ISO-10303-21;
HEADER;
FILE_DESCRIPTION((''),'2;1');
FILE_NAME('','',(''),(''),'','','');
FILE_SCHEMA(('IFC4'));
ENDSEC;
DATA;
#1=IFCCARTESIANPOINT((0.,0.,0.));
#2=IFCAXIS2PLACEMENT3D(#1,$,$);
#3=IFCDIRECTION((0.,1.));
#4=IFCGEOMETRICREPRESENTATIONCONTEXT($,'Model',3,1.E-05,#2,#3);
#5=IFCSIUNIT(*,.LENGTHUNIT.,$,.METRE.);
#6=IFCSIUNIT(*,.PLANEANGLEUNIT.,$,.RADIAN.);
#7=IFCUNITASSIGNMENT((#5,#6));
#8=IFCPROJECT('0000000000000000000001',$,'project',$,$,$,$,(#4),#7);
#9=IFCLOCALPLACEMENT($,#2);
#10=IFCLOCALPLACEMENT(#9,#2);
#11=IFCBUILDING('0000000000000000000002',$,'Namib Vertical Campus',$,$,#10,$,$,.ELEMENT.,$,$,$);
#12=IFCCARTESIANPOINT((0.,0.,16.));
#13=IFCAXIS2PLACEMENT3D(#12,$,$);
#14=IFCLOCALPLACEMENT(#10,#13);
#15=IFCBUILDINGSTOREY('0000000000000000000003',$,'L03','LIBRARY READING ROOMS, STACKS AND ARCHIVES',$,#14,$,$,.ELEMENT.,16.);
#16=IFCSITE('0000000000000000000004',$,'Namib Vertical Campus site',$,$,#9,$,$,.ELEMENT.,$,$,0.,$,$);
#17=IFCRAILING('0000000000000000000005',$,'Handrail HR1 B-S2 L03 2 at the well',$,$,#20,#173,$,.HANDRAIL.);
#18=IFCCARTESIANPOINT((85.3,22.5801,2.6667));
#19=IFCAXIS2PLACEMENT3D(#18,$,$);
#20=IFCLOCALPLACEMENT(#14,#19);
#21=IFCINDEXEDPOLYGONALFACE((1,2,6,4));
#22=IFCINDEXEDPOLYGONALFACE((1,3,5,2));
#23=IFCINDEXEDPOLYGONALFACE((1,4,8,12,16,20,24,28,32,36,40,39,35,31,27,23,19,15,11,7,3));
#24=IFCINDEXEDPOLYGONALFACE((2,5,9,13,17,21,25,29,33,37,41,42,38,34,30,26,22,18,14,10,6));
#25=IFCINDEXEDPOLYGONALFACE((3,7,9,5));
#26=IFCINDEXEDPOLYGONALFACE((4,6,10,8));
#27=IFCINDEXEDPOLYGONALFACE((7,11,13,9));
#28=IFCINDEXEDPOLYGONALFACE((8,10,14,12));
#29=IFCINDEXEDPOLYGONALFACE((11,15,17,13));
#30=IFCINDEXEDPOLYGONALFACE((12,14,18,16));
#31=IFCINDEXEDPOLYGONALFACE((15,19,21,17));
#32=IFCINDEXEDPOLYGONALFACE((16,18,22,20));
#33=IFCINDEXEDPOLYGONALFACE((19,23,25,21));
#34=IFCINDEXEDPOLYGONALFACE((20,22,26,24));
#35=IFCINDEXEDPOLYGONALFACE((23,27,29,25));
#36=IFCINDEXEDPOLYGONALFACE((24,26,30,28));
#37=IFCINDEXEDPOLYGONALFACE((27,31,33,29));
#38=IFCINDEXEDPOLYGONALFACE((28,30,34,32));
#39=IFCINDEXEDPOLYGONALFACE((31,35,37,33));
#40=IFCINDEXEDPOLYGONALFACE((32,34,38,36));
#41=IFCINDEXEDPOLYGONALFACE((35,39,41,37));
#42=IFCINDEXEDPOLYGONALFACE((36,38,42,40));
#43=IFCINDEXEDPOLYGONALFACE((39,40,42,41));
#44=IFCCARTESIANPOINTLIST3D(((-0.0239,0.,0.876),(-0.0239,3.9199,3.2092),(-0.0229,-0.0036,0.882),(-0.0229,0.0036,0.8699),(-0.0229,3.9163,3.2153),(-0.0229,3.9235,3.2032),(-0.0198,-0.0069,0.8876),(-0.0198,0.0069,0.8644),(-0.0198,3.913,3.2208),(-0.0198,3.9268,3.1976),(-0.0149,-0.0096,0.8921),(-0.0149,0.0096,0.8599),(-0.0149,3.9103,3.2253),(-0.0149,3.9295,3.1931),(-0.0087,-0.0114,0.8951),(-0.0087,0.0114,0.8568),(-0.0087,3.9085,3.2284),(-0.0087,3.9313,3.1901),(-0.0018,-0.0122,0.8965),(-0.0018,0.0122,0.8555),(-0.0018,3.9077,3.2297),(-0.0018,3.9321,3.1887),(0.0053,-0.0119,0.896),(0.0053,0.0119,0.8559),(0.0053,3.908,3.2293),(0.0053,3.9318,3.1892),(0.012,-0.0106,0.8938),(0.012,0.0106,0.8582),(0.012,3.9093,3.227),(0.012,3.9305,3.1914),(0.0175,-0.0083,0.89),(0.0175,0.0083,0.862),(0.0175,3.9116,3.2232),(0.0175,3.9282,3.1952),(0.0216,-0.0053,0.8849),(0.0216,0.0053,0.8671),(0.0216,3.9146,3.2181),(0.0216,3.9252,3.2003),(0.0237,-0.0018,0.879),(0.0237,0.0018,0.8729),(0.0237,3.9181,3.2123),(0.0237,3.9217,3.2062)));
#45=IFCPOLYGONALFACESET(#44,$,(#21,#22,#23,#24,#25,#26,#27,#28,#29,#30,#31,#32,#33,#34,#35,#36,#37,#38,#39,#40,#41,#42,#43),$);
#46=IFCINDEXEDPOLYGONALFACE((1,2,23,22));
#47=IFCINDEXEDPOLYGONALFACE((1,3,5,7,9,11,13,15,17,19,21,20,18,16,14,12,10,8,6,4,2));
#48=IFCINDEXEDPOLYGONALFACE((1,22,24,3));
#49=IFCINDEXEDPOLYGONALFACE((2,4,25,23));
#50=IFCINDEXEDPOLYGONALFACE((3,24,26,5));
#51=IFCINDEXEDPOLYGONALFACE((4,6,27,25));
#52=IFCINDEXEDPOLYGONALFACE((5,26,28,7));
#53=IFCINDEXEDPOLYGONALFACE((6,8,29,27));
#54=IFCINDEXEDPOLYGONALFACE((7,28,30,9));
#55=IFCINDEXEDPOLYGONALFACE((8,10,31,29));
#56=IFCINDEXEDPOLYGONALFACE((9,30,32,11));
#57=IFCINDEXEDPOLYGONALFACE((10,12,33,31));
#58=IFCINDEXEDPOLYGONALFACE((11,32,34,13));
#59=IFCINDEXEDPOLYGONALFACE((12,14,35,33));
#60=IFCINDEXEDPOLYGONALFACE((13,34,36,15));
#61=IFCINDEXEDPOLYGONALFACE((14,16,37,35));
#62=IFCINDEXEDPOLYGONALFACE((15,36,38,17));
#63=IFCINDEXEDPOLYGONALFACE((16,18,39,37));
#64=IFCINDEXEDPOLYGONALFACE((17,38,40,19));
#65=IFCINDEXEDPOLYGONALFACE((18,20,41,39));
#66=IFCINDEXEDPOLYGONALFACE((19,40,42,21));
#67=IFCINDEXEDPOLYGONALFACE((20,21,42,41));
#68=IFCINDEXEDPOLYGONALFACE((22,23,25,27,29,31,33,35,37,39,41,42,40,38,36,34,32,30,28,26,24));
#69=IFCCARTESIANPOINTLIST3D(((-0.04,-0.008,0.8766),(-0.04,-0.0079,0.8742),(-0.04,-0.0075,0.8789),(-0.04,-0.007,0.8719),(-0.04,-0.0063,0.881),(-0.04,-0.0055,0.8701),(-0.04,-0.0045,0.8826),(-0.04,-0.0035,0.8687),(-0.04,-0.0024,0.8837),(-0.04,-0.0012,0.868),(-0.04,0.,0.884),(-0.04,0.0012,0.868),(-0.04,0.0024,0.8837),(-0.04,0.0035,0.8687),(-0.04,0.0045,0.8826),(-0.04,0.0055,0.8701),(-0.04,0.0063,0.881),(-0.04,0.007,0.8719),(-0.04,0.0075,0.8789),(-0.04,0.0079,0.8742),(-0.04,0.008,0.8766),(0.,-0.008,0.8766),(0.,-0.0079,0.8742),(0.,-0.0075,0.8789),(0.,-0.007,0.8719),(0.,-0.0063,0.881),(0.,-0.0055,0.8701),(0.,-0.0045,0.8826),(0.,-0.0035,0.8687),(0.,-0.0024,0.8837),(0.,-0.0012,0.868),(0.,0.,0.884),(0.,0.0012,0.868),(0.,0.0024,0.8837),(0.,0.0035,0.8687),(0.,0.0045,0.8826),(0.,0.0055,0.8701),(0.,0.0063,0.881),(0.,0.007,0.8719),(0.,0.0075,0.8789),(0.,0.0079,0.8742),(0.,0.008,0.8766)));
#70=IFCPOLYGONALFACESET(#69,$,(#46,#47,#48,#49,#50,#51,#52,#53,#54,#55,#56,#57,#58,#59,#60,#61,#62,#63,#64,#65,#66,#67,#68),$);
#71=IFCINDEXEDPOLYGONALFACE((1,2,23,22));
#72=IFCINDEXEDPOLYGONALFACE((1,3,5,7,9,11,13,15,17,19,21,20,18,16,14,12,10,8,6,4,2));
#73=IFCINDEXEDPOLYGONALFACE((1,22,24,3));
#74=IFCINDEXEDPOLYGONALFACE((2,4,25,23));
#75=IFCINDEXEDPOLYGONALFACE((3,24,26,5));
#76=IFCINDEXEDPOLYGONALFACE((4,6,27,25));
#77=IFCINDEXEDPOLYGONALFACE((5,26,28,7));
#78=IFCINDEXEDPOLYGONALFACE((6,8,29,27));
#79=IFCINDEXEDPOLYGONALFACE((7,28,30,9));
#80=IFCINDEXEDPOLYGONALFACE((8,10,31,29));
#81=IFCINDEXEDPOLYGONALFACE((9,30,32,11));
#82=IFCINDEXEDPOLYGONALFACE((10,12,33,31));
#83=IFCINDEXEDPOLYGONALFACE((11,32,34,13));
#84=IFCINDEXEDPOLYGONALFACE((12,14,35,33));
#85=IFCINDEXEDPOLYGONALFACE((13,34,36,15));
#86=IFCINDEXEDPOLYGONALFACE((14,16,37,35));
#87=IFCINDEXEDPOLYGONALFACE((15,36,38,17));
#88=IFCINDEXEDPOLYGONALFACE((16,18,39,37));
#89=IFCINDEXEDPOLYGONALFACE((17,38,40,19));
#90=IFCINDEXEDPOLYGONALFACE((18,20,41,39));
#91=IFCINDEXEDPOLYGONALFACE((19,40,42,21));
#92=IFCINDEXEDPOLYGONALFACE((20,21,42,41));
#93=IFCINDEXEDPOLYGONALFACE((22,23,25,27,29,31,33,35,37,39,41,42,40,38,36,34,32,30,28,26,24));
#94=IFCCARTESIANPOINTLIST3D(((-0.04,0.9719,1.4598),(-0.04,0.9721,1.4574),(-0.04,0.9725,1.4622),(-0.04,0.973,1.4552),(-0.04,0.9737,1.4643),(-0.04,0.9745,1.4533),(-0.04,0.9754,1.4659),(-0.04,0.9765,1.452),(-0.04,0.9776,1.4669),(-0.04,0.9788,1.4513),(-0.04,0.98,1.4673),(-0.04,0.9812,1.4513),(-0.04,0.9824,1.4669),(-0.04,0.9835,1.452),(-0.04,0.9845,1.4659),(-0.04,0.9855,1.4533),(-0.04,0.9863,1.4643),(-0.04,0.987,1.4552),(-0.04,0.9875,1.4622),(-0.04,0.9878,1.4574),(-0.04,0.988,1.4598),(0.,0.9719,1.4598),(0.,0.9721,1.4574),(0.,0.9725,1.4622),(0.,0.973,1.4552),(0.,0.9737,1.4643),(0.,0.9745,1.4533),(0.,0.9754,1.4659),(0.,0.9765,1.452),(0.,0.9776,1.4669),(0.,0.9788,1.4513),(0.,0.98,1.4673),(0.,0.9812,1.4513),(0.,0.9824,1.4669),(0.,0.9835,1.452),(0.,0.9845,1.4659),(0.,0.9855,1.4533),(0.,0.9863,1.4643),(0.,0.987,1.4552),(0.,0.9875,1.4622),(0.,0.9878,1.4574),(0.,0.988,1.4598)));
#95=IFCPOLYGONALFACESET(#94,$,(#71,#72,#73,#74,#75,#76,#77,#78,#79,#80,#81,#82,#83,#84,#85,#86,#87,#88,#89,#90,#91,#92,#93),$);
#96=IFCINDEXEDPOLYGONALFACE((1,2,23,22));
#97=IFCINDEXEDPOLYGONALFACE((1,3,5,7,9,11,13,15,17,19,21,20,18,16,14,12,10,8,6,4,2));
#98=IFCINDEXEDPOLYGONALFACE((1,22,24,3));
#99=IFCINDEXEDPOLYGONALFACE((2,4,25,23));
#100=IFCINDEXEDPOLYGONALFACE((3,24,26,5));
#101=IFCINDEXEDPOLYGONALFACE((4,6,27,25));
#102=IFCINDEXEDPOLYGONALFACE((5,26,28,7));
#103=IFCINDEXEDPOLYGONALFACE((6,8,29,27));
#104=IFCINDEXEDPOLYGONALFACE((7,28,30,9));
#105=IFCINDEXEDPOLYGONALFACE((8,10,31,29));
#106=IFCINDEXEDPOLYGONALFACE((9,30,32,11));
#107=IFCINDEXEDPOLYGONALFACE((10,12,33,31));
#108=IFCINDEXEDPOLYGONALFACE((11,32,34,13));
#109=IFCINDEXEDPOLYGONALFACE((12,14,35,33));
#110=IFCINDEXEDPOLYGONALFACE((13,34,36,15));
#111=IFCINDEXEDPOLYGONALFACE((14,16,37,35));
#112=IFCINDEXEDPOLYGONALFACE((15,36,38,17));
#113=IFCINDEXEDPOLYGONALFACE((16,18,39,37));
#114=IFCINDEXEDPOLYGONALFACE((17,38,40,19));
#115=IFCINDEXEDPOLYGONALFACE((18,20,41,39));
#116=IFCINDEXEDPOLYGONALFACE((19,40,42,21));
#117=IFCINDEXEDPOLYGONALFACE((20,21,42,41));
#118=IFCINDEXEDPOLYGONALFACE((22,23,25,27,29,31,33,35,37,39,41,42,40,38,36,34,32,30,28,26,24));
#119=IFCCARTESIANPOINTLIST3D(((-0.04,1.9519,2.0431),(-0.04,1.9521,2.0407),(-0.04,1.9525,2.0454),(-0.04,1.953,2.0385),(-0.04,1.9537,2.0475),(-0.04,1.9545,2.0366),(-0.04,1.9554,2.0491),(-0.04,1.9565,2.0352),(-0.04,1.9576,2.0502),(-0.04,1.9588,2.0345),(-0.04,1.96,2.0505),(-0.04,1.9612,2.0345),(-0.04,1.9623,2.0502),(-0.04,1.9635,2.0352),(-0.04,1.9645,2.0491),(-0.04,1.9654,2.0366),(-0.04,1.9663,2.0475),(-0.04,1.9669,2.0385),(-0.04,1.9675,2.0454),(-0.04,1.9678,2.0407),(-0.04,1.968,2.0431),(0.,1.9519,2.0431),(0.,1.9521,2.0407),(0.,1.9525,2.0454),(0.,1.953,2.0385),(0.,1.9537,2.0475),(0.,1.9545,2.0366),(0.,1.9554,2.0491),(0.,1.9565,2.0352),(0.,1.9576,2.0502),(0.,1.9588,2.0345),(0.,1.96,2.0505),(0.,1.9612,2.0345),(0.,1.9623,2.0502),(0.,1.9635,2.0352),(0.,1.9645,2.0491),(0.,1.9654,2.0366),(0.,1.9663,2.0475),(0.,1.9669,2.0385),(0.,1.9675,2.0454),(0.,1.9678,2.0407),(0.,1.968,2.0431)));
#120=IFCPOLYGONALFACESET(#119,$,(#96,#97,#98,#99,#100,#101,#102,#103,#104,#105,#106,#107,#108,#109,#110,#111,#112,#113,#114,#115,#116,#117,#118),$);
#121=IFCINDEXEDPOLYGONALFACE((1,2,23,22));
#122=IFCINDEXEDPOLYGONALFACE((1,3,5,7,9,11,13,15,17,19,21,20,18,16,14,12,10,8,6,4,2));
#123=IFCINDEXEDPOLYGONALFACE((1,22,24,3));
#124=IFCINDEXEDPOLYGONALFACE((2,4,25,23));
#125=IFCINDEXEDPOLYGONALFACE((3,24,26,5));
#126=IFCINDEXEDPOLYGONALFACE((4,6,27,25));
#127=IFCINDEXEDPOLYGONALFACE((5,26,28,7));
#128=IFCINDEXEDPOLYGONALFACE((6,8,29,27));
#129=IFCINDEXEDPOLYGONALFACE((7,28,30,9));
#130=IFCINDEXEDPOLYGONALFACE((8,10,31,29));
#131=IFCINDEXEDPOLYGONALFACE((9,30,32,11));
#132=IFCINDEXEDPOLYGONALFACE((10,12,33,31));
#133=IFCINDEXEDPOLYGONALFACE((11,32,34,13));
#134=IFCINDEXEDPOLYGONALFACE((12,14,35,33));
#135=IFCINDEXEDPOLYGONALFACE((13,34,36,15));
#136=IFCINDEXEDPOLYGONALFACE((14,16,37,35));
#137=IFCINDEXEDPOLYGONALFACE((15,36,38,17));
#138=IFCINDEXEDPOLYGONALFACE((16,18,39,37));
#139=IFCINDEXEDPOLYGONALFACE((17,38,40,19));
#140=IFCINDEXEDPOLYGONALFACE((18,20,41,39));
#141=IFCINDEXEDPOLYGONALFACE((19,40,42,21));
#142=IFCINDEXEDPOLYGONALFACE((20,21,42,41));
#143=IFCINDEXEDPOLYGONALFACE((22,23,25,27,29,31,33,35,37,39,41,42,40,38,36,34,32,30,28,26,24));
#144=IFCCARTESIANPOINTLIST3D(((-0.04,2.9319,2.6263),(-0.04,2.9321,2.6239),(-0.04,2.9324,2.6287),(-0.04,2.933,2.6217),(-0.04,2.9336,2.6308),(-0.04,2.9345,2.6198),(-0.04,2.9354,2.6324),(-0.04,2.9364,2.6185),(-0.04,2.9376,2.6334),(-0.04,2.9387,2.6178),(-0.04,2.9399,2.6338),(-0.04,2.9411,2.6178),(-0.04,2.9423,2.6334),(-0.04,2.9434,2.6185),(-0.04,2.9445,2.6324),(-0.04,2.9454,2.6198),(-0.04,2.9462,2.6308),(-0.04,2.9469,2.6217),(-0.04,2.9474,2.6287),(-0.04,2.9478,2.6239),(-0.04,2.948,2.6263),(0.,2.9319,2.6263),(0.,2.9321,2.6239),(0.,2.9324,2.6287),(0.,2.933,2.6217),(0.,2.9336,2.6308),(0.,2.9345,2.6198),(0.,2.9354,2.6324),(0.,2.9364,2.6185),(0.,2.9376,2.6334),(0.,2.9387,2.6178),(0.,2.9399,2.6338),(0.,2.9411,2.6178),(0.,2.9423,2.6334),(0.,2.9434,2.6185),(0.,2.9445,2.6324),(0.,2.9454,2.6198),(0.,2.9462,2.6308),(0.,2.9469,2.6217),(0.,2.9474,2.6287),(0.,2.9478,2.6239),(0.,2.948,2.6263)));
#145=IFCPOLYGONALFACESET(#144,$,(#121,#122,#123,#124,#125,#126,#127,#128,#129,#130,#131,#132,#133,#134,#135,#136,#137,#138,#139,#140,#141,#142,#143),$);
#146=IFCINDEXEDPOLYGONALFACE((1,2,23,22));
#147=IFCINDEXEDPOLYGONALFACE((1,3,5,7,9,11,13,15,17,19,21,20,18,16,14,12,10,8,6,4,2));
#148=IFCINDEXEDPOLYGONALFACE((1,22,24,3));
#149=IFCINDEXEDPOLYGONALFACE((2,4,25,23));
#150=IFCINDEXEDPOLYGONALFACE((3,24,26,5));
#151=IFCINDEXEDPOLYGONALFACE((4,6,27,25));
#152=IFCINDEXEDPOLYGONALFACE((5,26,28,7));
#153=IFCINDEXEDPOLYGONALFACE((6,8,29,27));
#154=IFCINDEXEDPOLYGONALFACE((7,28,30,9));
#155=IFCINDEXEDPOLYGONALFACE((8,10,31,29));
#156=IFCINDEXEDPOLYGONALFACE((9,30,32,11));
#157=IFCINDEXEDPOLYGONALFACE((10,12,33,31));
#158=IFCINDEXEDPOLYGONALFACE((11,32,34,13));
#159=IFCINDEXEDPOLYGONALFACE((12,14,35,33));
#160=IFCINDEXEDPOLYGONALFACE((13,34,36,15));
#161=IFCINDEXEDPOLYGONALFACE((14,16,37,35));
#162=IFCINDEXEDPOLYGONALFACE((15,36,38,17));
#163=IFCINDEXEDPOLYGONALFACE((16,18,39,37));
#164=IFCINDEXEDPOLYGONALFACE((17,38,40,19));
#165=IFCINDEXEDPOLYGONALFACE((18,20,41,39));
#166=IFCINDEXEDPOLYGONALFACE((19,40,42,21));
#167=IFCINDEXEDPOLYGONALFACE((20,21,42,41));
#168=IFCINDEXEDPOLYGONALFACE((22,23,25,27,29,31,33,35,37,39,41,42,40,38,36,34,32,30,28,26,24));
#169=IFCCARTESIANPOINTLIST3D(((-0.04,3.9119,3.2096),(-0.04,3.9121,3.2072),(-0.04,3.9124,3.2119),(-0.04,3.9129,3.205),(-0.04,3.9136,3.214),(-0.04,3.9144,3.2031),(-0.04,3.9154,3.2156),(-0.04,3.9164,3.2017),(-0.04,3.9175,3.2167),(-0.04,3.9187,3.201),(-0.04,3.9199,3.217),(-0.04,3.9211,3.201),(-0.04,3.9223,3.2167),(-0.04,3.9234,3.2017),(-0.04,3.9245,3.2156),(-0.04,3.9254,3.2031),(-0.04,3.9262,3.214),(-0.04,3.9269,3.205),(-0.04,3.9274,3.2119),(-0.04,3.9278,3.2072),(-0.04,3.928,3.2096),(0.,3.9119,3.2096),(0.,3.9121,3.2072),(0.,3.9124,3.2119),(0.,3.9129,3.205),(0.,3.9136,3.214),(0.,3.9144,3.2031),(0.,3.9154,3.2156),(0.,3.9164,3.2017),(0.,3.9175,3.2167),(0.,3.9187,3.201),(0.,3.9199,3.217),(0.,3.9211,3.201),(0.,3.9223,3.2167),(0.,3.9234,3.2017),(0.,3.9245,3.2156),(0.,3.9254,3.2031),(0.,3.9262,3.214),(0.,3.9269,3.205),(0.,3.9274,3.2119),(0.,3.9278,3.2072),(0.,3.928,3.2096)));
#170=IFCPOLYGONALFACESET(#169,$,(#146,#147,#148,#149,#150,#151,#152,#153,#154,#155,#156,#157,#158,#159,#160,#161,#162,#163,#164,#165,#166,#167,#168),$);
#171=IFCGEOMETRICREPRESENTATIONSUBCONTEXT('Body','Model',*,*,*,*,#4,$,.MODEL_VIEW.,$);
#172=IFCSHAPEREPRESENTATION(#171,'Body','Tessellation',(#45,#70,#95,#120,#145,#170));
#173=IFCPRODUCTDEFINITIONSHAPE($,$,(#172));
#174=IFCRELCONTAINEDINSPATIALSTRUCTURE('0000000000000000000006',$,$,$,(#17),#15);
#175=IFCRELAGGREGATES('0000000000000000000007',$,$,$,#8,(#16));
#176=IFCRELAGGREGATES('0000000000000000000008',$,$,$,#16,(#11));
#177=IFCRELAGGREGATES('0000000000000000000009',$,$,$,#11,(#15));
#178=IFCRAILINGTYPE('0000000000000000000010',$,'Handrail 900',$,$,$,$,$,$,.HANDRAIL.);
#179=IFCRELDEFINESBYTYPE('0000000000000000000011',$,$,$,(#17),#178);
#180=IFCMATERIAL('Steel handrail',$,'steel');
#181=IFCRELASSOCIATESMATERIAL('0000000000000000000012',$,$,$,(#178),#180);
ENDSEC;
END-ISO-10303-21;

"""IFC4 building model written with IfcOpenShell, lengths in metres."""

from ifc_helpers import new_model, si_unit, direction, frame, origin, origin_2d, place, context, subcontext, project, spatial, circle, extrude, material, type_object, element, save


model = new_model("IFC4")

# Units and contexts
model_context = context("Model", 3, precision=1e-05, world=origin(), true_north=direction((0.0, 1.0)))
body_context = subcontext(model_context, "Body", "Model", "MODEL_VIEW")
ifc_project = project(units=[si_unit("LENGTHUNIT", "METRE"), si_unit("PLANEANGLEUNIT", "RADIAN")], contexts=[model_context])

# Site, building, storey
site_placement = place(None, origin())
site = spatial("IfcSite", under=ifc_project, at=site_placement, Name="Namib Vertical Campus site", CompositionType="ELEMENT", RefElevation=0.0)
building_placement = place(site_placement, origin())
building = spatial("IfcBuilding", under=site, at=building_placement, Name="Namib Vertical Campus", CompositionType="ELEMENT")
storey_placement = place(building_placement, frame((0.0, 0.0, 16.0)))
storey = spatial("IfcBuildingStorey", under=building, at=storey_placement, Name="L03", Description="LIBRARY READING ROOMS, STACKS AND ARCHIVES", CompositionType="ELEMENT", Elevation=16.0)

# Railing
ifc_material_1 = material(Name="Steel handrail", Category="steel")
railing_type_1 = type_object("IfcRailingType", Name="Handrail 900", PredefinedType="HANDRAIL", material=ifc_material_1)
railing_1_placement = place(storey_placement, frame((85.3, 22.5801, 2.6667)))
element("IfcRailing", 1, at=railing_1_placement, inside=storey, type_object=railing_type_1, Name="Handrail HR1 B-S2 L03 2 at the well", PredefinedType="HANDRAIL", context=body_context, shape_type="SweptSolid", body=[
    extrude(circle(Radius=0.0239, at=origin_2d()), frame((0.0, 0.0, 0.876), z_axis=(0.0, 0.859296, 0.511478), x_axis=(-1.0, 0.0, 0.0)), (0.0, 0.0, 1.0), 4.5618),
    extrude(circle(Radius=0.0081, at=origin_2d()), frame((0.0, 0.0, 0.876), z_axis=(-1.0, 0.0, 0.0), x_axis=(0.0, 0.0, 1.0)), (0.0, 0.0, 1.0), 0.04),
    extrude(circle(Radius=0.0081, at=origin_2d()), frame((0.0, 0.98, 1.4592), z_axis=(-1.0, 0.0, 0.0), x_axis=(0.0, 0.0, 1.0)), (0.0, 0.0, 1.0), 0.04),
    extrude(circle(Radius=0.0081, at=origin_2d()), frame((0.0, 1.96, 2.0425), z_axis=(-1.0, 0.0, 0.0), x_axis=(0.0, 0.0, 1.0)), (0.0, 0.0, 1.0), 0.04),
    extrude(circle(Radius=0.0081, at=origin_2d()), frame((0.0, 2.9399, 2.6257), z_axis=(-1.0, 0.0, 0.0), x_axis=(0.0, 0.0, 1.0)), (0.0, 0.0, 1.0), 0.04),
    extrude(circle(Radius=0.0081, at=origin_2d()), frame((0.0, 3.9199, 3.209), z_axis=(-1.0, 0.0, 0.0), x_axis=(0.0, 0.0, 1.0)), (0.0, 0.0, 1.0), 0.04),
])

save(model, "model.ifc")
